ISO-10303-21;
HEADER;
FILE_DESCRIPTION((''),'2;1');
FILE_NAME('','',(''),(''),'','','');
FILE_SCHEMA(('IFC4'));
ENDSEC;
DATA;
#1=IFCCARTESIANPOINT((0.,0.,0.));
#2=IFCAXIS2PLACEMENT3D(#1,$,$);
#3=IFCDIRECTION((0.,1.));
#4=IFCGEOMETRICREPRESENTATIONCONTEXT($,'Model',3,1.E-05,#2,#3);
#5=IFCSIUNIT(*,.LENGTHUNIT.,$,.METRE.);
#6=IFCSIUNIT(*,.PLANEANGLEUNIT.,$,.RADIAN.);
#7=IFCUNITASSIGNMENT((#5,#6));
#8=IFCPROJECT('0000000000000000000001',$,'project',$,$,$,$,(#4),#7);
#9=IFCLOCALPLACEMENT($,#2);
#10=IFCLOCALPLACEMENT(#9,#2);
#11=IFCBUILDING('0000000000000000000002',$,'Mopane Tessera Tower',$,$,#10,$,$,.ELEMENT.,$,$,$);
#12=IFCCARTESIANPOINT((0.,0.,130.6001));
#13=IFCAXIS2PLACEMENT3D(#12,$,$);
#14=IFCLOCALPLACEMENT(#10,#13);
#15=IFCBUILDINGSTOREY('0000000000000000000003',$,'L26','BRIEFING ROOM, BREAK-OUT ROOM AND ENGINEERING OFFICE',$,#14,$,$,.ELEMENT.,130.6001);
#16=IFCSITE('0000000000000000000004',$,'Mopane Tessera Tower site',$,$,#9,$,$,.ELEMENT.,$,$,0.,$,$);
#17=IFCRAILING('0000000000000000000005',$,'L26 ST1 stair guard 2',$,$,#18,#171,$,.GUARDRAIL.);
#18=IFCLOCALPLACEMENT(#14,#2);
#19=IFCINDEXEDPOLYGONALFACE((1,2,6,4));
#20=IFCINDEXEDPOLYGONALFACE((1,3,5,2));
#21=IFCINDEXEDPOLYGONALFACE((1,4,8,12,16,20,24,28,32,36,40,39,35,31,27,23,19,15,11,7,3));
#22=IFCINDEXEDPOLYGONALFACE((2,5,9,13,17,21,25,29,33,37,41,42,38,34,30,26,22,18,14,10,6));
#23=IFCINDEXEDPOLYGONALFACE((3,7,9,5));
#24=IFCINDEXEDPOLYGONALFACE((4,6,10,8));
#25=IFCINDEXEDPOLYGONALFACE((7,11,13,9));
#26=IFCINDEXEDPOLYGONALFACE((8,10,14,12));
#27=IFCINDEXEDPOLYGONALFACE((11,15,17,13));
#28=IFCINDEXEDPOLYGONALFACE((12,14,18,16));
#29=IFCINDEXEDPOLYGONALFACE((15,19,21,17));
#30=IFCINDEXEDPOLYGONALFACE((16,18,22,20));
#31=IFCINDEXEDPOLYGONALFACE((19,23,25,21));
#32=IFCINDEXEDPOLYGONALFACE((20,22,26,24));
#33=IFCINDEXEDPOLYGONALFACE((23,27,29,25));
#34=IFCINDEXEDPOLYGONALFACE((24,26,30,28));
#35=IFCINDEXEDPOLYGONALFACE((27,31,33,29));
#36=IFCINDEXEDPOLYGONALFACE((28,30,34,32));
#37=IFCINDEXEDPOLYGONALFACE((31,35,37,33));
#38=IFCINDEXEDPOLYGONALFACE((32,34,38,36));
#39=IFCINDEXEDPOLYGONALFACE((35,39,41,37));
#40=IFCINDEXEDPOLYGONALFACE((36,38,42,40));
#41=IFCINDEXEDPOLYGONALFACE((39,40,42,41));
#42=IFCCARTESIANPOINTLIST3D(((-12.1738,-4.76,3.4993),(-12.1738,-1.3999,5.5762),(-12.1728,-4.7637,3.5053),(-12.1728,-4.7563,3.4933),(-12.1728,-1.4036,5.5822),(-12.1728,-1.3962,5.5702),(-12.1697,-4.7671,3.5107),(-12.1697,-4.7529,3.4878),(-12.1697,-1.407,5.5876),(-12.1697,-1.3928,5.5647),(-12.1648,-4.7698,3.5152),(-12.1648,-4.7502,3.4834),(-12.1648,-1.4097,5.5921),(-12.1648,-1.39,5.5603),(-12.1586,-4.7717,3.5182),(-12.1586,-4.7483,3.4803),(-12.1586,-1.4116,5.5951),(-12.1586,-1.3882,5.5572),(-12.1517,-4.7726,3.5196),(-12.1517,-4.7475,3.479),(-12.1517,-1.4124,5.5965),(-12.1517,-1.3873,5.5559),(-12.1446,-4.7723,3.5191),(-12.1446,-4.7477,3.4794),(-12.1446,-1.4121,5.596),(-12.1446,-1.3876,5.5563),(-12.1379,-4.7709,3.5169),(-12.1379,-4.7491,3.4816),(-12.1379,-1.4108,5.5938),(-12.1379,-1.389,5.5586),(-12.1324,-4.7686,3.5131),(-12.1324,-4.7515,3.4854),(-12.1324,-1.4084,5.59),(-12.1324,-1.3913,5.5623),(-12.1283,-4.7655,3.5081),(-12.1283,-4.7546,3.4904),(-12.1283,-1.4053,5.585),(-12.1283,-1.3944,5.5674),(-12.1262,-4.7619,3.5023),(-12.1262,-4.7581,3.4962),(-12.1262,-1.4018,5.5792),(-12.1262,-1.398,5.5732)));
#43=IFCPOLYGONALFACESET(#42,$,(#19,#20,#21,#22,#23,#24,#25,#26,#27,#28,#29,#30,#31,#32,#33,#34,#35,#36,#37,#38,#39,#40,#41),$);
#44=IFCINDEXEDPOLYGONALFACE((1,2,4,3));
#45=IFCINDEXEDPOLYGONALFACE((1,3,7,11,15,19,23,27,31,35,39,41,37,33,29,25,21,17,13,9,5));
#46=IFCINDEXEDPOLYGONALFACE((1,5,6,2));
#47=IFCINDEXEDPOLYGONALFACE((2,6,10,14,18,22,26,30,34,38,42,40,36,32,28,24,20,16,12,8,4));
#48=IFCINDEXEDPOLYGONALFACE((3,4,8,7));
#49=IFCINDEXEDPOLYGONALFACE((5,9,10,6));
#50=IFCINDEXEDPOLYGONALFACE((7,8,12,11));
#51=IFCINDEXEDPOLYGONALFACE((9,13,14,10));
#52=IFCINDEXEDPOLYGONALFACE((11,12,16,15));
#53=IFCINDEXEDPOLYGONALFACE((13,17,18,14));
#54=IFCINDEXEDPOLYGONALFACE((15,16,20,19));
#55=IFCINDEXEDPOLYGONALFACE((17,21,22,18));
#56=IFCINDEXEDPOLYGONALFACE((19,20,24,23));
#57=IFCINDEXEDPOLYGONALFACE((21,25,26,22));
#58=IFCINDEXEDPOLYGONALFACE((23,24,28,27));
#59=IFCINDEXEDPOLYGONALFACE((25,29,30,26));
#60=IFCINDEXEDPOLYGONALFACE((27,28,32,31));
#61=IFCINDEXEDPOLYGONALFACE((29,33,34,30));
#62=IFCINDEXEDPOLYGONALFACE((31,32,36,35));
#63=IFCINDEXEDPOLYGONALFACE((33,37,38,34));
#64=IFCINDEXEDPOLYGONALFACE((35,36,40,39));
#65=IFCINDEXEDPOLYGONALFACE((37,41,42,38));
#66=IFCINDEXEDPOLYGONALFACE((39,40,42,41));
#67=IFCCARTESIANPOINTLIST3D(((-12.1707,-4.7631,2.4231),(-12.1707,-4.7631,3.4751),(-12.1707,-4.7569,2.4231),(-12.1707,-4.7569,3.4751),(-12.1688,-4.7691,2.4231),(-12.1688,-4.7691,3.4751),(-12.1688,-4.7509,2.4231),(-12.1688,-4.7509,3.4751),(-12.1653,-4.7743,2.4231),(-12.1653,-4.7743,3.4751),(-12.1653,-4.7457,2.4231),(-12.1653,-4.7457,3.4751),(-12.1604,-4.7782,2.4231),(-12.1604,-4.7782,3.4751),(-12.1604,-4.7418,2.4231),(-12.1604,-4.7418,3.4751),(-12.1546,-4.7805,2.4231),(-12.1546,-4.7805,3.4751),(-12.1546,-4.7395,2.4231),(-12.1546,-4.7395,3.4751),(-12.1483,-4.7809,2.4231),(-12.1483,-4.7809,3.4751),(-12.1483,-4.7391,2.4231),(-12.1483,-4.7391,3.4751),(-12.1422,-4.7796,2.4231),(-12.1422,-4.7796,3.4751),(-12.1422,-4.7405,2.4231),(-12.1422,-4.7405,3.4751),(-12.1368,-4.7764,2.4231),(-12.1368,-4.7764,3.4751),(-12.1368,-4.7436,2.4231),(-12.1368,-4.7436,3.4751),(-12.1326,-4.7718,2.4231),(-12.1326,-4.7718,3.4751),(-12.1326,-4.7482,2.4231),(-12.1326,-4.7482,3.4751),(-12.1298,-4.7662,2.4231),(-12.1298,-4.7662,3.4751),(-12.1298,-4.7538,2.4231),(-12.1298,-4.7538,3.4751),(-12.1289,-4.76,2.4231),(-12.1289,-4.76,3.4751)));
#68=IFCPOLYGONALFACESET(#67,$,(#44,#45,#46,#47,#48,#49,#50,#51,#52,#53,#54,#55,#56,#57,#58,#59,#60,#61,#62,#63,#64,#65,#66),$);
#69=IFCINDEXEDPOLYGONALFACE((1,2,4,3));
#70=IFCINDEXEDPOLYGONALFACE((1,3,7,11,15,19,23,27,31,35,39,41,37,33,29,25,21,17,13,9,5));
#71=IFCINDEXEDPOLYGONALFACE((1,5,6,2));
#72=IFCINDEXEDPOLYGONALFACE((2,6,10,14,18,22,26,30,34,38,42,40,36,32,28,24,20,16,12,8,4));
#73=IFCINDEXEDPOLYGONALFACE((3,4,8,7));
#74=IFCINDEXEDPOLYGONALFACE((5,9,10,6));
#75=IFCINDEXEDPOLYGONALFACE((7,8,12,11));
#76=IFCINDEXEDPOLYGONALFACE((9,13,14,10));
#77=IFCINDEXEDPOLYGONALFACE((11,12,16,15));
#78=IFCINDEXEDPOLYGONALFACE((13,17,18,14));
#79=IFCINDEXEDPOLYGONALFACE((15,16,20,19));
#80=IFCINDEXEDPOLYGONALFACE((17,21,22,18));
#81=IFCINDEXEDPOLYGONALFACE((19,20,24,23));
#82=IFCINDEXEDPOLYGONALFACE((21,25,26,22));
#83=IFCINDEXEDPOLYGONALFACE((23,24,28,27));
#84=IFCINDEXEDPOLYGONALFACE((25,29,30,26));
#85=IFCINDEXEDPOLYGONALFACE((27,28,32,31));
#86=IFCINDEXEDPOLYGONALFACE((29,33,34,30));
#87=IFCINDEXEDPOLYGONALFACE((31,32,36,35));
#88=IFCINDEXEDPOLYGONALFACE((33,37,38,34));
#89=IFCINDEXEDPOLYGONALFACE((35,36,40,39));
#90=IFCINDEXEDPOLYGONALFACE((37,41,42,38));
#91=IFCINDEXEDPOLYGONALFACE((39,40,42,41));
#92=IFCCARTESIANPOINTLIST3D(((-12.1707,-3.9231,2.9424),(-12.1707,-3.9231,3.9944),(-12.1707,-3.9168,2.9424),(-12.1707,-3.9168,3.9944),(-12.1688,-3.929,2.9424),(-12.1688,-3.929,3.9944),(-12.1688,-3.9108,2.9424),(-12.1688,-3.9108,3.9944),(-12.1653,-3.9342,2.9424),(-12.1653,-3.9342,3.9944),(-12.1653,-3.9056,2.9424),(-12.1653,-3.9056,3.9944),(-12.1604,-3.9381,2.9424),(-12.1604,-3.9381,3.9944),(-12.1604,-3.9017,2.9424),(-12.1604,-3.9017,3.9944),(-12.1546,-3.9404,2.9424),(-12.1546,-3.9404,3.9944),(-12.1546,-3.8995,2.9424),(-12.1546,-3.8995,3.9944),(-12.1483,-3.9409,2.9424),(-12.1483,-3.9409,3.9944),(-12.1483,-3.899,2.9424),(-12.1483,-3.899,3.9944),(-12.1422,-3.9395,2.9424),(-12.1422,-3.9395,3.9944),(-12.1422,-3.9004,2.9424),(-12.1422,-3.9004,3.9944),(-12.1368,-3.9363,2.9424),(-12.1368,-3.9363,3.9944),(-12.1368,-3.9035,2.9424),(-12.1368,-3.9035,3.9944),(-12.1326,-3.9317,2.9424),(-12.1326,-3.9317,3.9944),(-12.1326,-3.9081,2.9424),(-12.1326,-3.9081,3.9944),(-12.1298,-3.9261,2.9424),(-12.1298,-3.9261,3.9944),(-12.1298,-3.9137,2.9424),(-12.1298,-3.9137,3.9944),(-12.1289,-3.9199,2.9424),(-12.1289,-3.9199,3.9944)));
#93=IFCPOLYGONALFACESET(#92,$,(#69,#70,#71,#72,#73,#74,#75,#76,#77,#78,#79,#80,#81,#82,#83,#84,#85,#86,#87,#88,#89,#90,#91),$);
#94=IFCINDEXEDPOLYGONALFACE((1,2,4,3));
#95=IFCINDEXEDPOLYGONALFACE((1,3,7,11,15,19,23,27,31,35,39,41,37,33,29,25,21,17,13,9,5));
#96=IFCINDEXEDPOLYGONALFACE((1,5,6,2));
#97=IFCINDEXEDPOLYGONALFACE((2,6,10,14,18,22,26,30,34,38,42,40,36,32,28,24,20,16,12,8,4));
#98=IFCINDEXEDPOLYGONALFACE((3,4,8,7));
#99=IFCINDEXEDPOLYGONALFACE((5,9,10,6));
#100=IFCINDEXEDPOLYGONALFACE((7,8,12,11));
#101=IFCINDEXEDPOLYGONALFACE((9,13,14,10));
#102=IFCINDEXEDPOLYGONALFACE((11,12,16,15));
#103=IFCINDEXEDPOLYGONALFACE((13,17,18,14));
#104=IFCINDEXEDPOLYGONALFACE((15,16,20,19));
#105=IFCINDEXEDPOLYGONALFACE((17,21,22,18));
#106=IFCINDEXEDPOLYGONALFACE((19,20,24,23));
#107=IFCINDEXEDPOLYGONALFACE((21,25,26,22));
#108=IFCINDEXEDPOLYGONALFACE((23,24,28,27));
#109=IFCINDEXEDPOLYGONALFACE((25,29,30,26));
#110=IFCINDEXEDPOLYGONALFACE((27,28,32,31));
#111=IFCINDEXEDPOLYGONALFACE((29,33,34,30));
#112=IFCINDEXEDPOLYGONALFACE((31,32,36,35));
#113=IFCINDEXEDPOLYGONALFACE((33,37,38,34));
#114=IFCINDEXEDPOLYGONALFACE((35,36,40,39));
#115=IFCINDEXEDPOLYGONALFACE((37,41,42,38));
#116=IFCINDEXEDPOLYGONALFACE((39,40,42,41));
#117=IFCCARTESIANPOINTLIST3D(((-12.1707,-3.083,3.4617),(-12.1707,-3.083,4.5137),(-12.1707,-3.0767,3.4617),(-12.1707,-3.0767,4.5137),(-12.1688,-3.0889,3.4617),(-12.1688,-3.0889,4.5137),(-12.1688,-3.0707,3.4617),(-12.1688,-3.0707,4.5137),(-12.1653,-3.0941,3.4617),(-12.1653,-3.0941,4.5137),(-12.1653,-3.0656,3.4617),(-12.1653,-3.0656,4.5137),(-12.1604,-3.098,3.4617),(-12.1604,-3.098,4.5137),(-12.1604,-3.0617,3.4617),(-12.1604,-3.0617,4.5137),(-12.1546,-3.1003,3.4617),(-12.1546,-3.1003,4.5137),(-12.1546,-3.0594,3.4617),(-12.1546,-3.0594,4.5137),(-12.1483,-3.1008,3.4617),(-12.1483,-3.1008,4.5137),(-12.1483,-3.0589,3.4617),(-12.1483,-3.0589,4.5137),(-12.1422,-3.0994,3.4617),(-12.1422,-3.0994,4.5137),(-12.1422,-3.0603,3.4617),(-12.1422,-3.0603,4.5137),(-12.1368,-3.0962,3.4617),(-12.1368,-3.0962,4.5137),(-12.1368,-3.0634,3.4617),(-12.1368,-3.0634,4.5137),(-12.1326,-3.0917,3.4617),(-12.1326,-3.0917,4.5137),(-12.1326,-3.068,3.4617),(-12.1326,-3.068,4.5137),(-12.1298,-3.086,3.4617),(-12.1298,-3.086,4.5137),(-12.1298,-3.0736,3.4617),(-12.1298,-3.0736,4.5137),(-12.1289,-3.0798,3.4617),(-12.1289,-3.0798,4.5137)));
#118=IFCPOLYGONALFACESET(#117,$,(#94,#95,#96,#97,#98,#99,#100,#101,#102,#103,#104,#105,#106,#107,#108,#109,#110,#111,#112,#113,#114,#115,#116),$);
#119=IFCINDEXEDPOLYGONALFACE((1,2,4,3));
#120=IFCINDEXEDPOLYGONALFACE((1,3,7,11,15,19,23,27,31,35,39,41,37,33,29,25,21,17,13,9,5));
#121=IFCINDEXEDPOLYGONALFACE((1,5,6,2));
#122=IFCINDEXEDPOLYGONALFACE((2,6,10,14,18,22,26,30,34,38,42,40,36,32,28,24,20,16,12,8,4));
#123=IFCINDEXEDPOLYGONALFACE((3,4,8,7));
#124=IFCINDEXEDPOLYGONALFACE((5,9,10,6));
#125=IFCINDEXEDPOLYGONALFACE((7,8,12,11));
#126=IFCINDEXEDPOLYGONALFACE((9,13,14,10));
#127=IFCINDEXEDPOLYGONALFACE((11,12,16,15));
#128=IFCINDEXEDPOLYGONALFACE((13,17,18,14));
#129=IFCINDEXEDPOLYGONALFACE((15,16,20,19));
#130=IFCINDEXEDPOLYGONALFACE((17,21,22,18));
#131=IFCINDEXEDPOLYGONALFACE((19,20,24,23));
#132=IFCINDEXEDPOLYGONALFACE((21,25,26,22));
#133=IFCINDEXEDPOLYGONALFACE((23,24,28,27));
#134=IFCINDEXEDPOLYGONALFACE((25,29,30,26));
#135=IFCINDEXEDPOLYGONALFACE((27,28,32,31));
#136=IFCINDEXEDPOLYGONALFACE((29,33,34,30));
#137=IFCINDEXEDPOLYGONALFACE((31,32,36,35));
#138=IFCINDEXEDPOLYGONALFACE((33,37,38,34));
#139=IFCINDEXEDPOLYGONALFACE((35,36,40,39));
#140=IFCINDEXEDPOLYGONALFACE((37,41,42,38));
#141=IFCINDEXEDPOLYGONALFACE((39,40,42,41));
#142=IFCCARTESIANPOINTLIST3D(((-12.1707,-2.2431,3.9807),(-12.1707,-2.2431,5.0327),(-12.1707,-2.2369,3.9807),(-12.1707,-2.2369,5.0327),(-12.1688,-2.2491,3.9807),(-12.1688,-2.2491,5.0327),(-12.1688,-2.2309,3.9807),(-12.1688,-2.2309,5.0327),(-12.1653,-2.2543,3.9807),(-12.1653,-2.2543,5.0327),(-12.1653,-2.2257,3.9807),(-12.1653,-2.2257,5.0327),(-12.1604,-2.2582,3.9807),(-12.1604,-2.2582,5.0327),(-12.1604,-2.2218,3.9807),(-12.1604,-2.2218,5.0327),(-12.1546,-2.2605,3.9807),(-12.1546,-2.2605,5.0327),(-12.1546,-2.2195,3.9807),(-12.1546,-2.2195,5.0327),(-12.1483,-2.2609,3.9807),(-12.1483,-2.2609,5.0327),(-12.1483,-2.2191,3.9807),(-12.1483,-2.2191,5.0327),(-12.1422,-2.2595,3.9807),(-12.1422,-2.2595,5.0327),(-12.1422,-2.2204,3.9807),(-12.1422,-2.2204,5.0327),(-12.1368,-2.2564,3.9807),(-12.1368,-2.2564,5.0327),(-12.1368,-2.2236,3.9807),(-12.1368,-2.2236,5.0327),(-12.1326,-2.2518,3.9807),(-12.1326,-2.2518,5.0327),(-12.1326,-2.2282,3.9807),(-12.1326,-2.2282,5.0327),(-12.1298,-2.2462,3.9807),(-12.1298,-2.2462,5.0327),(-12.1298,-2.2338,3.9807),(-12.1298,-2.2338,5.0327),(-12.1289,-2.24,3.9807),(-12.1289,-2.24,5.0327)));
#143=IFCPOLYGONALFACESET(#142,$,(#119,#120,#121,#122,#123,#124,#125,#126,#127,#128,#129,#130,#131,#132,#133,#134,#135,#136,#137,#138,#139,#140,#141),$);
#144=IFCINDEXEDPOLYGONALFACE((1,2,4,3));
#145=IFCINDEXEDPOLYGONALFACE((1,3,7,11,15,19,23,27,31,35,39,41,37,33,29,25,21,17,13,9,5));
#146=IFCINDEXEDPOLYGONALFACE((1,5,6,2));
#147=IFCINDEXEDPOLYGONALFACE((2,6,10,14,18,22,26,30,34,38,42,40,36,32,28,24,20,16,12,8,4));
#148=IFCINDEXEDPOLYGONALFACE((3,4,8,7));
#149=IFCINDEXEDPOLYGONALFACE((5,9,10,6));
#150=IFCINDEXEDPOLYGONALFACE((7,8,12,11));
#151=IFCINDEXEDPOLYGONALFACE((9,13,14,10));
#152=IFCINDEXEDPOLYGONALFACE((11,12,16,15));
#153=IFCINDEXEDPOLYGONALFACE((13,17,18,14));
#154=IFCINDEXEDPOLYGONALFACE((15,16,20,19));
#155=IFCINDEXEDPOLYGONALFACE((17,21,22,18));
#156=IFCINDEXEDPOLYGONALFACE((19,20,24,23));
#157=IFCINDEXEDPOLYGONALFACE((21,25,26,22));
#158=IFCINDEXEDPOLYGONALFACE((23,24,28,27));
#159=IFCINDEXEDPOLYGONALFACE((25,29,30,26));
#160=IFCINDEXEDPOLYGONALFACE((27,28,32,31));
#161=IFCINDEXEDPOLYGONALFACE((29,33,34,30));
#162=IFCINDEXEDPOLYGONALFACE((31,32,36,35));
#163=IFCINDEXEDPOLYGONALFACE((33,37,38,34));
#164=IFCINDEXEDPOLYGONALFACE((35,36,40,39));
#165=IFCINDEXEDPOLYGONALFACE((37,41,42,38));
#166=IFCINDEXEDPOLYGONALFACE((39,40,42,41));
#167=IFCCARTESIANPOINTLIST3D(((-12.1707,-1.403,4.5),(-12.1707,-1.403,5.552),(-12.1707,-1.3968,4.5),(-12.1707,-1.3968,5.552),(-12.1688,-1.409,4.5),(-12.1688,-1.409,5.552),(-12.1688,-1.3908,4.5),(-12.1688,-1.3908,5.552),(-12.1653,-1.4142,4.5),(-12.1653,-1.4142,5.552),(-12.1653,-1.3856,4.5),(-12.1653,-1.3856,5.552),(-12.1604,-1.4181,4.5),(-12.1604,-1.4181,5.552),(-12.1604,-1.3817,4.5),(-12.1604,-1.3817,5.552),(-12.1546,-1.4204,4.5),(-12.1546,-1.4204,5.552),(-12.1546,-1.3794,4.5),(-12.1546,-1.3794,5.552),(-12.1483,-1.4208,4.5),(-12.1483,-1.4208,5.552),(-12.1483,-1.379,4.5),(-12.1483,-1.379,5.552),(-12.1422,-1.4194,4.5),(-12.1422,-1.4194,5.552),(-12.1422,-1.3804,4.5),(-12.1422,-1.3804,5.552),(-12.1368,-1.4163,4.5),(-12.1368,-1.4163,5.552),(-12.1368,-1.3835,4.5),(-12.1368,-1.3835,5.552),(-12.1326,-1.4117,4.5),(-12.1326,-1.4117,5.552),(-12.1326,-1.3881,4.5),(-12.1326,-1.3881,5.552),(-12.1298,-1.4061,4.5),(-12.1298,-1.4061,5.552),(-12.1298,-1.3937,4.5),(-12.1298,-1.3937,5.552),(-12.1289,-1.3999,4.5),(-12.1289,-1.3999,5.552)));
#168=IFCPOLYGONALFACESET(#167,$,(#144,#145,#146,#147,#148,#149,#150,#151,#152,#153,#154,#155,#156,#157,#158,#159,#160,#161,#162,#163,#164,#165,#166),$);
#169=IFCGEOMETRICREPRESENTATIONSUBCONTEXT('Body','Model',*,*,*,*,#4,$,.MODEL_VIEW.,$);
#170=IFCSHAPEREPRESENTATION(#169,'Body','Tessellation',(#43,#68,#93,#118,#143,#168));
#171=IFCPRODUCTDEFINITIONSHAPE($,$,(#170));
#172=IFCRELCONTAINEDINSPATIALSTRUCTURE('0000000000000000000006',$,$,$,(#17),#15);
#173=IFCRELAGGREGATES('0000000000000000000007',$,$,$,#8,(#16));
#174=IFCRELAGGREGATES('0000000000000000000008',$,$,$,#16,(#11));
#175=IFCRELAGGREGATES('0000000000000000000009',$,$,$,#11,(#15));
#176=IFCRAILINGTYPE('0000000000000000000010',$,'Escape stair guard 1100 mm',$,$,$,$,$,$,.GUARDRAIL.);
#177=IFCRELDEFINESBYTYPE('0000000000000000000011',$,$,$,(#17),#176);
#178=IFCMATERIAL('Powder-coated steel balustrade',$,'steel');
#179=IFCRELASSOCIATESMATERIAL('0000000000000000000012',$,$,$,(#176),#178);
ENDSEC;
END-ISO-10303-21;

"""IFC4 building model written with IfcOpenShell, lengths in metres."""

from ifc_helpers import new_model, si_unit, direction, frame, origin, origin_2d, place, context, subcontext, project, spatial, circle, extrude, material, type_object, element, save


model = new_model("IFC4")

# Units and contexts
model_context = context("Model", 3, precision=1e-05, world=origin(), true_north=direction((0.0, 1.0)))
body_context = subcontext(model_context, "Body", "Model", "MODEL_VIEW")
ifc_project = project(units=[si_unit("LENGTHUNIT", "METRE"), si_unit("PLANEANGLEUNIT", "RADIAN")], contexts=[model_context])

# Site, building, storey
site_placement = place(None, origin())
site = spatial("IfcSite", under=ifc_project, at=site_placement, Name="Mopane Tessera Tower site", CompositionType="ELEMENT", RefElevation=0.0)
building_placement = place(site_placement, origin())
building = spatial("IfcBuilding", under=site, at=building_placement, Name="Mopane Tessera Tower", CompositionType="ELEMENT")
storey_placement = place(building_placement, frame((0.0, 0.0, 130.6001)))
storey = spatial("IfcBuildingStorey", under=building, at=storey_placement, Name="L26", Description="BRIEFING ROOM, BREAK-OUT ROOM AND ENGINEERING OFFICE", CompositionType="ELEMENT", Elevation=130.6001)

# Railing
ifc_material_1 = material(Name="Powder-coated steel balustrade", Category="steel")
railing_type_1 = type_object("IfcRailingType", Name="Escape stair guard 1100 mm", PredefinedType="GUARDRAIL", material=ifc_material_1)
railing_1_placement = place(storey_placement, frame((-12.1499, -4.76, 2.4231)))
element("IfcRailing", 1, at=railing_1_placement, inside=storey, type_object=railing_type_1, Name="L26 ST1 stair guard 2", PredefinedType="GUARDRAIL", context=body_context, shape_type="SweptSolid", body=[
    extrude(circle(Radius=0.0239, at=origin_2d()), frame((0.0, 0.0, 1.0762), z_axis=(0.0, 0.850623, 0.525776), x_axis=(-1.0, 0.0, 0.0)), (0.0, 0.0, 1.0), 3.9502),
    extrude(circle(Radius=0.021, at=origin_2d()), origin(), (0.0, 0.0, 1.0), 1.052),
    extrude(circle(Radius=0.021, at=origin_2d()), frame((0.0, 0.8401, 0.5193)), (0.0, 0.0, 1.0), 1.052),
    extrude(circle(Radius=0.021, at=origin_2d()), frame((0.0, 1.6802, 1.0386)), (0.0, 0.0, 1.0), 1.052),
    extrude(circle(Radius=0.021, at=origin_2d()), frame((0.0, 2.52, 1.5576)), (0.0, 0.0, 1.0), 1.052),
    extrude(circle(Radius=0.021, at=origin_2d()), frame((0.0, 3.3601, 2.0769)), (0.0, 0.0, 1.0), 1.052),
])

save(model, "model.ifc")
